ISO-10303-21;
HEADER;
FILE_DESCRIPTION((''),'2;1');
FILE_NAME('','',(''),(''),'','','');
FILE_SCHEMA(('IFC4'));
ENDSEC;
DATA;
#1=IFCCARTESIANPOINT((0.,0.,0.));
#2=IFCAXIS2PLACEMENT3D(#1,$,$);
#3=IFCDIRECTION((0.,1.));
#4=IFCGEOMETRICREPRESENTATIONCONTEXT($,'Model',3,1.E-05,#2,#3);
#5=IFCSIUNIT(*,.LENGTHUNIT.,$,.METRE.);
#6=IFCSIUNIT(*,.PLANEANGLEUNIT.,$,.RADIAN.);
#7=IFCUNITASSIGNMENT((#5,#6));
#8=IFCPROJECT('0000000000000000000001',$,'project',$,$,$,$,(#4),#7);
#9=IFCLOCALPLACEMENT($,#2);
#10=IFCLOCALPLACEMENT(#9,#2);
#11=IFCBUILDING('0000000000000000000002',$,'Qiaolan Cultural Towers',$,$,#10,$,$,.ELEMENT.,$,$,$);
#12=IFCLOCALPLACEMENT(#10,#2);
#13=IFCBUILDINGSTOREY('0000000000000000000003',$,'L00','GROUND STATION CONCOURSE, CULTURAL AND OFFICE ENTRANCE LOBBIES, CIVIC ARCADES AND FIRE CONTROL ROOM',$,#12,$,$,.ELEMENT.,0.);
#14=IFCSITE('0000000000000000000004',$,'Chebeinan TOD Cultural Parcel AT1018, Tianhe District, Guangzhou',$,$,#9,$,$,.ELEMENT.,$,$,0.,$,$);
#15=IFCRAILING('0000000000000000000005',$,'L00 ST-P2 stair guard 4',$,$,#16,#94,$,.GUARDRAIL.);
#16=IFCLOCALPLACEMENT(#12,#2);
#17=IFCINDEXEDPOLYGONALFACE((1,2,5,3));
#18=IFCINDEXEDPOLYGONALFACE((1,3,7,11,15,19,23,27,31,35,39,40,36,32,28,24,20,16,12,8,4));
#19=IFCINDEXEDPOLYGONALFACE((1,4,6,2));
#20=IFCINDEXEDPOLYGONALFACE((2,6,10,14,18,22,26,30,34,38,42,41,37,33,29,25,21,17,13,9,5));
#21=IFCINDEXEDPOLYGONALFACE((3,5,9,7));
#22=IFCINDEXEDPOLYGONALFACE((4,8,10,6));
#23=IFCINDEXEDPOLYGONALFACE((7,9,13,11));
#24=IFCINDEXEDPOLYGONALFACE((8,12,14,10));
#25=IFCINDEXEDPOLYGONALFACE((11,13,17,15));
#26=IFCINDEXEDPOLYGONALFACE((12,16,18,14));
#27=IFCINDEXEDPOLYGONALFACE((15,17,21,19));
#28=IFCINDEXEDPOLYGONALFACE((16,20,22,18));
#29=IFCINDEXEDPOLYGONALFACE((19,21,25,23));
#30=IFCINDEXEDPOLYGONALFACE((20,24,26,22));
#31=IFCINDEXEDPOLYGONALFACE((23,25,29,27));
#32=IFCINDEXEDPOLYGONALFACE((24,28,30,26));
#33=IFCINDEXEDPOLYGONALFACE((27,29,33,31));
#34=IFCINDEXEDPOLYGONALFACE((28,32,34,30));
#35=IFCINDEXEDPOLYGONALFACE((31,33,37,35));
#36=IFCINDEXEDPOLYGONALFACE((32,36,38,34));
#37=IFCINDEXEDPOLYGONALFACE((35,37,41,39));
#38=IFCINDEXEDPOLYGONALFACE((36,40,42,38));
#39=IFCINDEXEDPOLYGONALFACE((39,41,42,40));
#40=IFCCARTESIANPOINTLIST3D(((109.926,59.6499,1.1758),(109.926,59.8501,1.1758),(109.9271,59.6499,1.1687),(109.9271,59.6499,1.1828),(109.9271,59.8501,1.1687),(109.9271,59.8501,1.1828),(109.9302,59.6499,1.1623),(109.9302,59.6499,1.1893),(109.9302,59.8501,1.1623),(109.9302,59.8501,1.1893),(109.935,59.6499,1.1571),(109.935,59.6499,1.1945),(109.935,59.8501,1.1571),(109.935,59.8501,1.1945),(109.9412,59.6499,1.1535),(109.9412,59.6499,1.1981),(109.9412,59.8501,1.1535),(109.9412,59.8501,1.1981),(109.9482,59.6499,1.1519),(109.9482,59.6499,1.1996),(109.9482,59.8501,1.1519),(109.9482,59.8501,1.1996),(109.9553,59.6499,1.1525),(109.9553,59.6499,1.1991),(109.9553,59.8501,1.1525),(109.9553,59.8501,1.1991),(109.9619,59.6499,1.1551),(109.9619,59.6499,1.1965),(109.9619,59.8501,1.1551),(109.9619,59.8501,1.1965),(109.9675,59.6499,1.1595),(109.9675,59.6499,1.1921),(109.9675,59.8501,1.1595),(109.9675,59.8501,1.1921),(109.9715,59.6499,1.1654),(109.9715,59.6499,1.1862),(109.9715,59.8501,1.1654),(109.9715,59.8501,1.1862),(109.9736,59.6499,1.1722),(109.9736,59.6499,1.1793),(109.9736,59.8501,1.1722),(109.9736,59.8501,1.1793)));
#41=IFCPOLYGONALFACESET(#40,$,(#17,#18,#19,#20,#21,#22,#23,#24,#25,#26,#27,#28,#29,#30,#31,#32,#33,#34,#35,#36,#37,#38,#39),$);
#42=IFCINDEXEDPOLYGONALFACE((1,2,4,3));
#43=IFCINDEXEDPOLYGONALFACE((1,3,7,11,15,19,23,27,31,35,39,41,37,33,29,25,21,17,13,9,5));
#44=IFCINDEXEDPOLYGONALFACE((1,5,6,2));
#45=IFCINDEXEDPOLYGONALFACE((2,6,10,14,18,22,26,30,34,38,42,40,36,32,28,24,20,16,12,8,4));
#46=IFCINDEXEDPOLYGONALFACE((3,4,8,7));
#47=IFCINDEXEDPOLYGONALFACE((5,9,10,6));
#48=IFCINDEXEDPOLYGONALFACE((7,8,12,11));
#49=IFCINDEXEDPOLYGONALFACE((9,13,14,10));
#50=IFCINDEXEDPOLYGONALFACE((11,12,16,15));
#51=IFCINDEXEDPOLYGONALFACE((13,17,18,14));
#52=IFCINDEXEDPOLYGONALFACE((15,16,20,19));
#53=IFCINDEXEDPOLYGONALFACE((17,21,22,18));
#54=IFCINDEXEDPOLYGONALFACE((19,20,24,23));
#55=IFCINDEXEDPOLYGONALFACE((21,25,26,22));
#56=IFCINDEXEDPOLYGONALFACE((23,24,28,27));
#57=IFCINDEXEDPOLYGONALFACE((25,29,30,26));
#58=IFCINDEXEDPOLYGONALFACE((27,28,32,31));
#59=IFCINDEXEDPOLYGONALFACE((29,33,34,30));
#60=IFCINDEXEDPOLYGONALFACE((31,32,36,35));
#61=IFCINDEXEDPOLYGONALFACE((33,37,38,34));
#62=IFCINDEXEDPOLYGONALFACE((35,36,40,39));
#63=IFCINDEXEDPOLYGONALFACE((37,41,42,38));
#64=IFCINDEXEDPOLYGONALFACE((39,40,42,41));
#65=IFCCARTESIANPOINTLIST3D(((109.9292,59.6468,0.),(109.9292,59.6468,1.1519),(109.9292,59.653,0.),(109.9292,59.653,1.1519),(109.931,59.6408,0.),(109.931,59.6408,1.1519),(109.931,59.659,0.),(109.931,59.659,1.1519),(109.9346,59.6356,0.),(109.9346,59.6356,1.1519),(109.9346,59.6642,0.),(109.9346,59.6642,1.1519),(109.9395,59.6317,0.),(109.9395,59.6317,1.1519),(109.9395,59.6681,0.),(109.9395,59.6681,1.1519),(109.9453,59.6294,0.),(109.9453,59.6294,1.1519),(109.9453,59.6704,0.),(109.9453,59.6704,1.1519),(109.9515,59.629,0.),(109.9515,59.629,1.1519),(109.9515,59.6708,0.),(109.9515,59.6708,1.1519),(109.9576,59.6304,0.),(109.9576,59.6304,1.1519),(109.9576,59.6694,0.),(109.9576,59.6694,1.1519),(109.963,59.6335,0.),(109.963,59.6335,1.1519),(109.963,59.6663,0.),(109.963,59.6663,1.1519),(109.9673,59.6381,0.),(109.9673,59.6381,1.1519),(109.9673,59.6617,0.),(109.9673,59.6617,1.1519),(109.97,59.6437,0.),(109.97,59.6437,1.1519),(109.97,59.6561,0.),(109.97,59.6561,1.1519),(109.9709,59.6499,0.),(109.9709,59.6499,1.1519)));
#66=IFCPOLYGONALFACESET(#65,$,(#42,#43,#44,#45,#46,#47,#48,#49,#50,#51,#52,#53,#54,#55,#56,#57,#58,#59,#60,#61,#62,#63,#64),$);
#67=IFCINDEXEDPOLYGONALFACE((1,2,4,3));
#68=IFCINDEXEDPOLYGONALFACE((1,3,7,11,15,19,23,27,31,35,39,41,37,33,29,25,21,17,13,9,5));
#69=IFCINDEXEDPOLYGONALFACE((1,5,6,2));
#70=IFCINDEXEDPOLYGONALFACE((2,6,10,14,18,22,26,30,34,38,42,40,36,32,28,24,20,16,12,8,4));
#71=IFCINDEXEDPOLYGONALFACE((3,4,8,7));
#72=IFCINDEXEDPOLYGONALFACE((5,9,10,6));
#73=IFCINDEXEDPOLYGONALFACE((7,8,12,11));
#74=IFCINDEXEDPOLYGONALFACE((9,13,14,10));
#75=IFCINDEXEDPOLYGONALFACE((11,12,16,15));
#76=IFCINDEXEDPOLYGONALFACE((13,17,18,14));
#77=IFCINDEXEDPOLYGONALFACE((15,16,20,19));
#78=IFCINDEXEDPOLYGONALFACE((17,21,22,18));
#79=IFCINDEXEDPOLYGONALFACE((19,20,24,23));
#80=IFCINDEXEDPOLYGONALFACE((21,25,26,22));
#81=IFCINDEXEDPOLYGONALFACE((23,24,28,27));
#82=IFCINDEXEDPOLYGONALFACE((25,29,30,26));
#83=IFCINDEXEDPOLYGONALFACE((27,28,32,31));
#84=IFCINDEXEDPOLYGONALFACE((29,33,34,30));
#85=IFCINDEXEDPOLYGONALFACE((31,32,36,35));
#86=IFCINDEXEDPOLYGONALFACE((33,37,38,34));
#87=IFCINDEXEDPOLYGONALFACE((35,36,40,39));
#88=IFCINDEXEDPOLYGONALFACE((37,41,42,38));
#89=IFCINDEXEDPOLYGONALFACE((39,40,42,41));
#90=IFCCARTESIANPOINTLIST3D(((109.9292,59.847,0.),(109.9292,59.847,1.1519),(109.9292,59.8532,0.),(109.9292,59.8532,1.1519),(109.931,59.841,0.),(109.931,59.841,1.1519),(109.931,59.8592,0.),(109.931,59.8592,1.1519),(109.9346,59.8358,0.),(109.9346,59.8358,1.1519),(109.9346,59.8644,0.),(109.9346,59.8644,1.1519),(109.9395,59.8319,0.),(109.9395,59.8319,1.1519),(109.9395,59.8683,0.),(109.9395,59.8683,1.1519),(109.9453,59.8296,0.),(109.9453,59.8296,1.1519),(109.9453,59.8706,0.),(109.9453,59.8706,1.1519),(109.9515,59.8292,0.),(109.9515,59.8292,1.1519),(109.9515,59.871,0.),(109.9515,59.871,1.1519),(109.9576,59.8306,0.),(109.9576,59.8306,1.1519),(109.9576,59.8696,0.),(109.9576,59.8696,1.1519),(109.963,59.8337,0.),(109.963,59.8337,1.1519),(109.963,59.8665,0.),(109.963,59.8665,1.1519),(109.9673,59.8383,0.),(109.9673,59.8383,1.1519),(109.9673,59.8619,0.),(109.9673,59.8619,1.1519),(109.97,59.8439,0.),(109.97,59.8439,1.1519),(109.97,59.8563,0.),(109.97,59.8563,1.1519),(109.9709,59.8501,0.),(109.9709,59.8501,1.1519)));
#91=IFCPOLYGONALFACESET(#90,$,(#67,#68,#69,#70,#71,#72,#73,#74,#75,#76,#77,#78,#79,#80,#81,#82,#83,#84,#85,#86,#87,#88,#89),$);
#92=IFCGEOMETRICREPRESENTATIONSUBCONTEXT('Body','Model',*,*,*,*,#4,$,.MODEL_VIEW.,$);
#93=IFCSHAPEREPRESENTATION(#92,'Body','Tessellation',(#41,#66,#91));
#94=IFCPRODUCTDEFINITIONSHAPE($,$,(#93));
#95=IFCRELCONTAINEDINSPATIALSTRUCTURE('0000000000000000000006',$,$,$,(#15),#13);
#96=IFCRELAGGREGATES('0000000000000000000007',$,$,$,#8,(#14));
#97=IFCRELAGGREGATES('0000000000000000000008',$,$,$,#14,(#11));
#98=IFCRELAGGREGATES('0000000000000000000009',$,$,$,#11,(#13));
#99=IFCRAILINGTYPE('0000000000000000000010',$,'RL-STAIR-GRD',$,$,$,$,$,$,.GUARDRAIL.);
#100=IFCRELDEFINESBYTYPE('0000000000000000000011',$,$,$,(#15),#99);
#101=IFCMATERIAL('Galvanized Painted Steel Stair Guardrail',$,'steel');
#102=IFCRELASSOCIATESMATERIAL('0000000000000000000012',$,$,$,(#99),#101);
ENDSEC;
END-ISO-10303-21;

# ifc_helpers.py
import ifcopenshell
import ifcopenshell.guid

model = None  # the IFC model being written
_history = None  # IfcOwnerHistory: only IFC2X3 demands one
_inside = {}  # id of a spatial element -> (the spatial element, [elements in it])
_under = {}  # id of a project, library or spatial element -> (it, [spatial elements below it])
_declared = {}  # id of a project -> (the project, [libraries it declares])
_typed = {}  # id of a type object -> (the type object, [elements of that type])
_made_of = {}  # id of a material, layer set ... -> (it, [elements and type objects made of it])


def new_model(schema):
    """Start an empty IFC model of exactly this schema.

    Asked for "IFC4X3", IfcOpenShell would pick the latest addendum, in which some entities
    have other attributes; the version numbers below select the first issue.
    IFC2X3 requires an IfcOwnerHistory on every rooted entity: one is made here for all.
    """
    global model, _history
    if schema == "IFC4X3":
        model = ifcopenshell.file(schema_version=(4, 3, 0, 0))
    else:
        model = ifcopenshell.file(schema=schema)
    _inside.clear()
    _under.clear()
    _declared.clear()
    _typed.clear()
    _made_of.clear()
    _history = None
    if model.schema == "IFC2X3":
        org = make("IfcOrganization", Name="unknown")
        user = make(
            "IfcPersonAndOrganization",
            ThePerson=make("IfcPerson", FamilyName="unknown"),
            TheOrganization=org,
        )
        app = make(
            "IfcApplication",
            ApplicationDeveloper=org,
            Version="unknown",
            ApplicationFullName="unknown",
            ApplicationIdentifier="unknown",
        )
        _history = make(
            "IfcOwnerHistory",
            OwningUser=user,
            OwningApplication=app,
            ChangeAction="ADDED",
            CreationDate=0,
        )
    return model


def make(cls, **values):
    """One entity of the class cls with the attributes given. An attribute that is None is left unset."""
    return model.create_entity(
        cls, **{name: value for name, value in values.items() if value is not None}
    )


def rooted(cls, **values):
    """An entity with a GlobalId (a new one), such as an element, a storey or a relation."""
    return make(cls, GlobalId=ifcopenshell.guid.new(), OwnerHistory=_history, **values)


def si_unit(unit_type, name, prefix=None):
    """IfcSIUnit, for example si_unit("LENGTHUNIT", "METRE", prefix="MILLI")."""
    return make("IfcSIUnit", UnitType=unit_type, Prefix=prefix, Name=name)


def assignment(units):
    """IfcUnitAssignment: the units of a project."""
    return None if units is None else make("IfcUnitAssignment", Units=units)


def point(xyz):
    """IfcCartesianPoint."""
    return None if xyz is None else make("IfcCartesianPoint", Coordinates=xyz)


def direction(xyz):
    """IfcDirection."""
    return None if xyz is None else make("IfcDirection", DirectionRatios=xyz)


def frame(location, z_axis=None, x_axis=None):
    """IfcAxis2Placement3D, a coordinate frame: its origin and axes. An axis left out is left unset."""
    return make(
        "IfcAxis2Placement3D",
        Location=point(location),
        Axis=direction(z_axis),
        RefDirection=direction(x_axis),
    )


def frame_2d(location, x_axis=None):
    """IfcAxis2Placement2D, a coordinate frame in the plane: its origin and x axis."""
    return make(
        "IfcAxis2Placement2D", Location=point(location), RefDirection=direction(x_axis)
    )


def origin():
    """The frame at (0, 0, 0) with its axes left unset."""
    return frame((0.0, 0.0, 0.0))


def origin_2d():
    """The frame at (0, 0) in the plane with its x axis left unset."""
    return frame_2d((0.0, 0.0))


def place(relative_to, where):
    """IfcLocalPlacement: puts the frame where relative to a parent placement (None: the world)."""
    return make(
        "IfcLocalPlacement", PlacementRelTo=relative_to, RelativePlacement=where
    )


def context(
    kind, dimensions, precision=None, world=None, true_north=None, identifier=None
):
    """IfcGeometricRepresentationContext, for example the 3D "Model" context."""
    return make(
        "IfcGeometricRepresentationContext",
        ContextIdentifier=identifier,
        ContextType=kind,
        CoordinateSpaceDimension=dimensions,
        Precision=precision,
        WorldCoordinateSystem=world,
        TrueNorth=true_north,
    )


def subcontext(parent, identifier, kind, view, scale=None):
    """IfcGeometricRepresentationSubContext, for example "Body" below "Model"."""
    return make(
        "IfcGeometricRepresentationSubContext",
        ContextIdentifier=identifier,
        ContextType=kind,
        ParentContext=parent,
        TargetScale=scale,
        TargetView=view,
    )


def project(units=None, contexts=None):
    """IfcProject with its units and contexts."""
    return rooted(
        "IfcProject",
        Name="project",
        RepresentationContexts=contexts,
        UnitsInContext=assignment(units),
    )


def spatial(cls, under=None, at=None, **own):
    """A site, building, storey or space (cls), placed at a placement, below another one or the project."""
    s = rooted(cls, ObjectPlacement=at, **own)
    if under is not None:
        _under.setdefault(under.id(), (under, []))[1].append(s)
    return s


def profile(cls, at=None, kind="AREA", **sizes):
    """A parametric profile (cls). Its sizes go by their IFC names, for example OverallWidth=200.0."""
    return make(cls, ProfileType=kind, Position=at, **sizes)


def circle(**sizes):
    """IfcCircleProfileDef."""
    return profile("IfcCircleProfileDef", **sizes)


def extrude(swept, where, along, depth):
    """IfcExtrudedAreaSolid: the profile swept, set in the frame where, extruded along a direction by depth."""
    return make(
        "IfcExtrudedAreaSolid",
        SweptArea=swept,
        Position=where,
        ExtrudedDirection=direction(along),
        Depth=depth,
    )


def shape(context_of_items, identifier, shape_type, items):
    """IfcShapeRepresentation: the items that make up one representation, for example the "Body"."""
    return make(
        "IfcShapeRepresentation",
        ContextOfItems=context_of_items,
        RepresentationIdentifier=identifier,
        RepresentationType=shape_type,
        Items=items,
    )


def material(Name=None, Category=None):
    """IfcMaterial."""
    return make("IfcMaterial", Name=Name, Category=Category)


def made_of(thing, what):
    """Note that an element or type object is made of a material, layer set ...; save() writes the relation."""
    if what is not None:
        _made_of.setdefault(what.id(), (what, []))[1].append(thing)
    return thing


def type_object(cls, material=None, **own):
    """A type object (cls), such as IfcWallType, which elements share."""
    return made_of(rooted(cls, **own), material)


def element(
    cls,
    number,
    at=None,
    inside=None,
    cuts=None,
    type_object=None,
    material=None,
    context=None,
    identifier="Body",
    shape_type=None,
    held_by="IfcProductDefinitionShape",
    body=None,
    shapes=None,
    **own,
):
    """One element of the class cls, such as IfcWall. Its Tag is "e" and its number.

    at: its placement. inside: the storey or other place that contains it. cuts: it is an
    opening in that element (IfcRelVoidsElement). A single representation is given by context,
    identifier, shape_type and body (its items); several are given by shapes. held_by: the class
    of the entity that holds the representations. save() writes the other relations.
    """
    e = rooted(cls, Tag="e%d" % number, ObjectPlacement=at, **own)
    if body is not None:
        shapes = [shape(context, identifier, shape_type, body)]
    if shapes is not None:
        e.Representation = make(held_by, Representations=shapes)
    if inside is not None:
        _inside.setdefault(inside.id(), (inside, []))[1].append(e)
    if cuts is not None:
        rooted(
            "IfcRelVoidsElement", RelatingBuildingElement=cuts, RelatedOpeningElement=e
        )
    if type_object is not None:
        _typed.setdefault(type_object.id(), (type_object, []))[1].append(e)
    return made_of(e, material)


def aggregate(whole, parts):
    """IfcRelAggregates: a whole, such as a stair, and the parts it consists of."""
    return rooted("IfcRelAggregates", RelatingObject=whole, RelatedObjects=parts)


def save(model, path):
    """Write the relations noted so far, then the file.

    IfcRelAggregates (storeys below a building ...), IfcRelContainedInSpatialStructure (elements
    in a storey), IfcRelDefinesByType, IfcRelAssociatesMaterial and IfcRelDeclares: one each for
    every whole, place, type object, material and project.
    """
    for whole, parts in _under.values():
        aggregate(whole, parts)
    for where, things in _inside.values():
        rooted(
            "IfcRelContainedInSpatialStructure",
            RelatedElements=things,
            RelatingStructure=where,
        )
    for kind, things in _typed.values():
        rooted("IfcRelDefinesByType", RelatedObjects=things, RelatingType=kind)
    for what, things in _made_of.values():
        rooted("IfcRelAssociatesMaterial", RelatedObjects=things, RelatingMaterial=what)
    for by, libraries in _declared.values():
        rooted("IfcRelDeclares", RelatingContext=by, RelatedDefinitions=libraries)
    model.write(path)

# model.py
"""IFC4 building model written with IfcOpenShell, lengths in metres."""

from ifc_helpers import new_model, si_unit, direction, frame, origin, origin_2d, place, context, subcontext, project, spatial, circle, extrude, material, type_object, element, save


model = new_model("IFC4")

# Units and contexts
model_context = context("Model", 3, precision=1e-05, world=origin(), true_north=direction((0.0, 1.0)))
body_context = subcontext(model_context, "Body", "Model", "MODEL_VIEW")
ifc_project = project(units=[si_unit("LENGTHUNIT", "METRE"), si_unit("PLANEANGLEUNIT", "RADIAN")], contexts=[model_context])

# Site, building, storey
site_placement = place(None, origin())
site = spatial("IfcSite", under=ifc_project, at=site_placement, Name="Chebeinan TOD Cultural Parcel AT1018, Tianhe District, Guangzhou", CompositionType="ELEMENT", RefElevation=0.0)
building_placement = place(site_placement, origin())
building = spatial("IfcBuilding", under=site, at=building_placement, Name="Qiaolan Cultural Towers", CompositionType="ELEMENT")
storey_placement = place(building_placement, origin())
storey = spatial("IfcBuildingStorey", under=building, at=storey_placement, Name="L00", Description="GROUND STATION CONCOURSE, CULTURAL AND OFFICE ENTRANCE LOBBIES, CIVIC ARCADES AND FIRE CONTROL ROOM", CompositionType="ELEMENT", Elevation=0.0)

# Railing
ifc_material_1 = material(Name="Galvanized Painted Steel Stair Guardrail", Category="steel")
railing_type_1 = type_object("IfcRailingType", Name="RL-STAIR-GRD", PredefinedType="GUARDRAIL", material=ifc_material_1)
railing_1_placement = place(storey_placement, frame((109.95, 59.6499, 0.0)))
element("IfcRailing", 1, at=railing_1_placement, inside=storey, type_object=railing_type_1, Name="L00 ST-P2 stair guard 4", PredefinedType="GUARDRAIL", context=body_context, shape_type="SweptSolid", body=[
    extrude(circle(Radius=0.0239, at=origin_2d()), frame((0.0, 0.0, 1.1758), z_axis=(0.0, 1.0, 0.0), x_axis=(-1.0, 0.0, 0.0)), (0.0, 0.0, 1.0), 0.2002),
    extrude(circle(Radius=0.021, at=origin_2d()), origin(), (0.0, 0.0, 1.0), 1.1519),
    extrude(circle(Radius=0.021, at=origin_2d()), frame((0.0, 0.2002, 0.0)), (0.0, 0.0, 1.0), 1.1519),
])

save(model, "model.ifc")
